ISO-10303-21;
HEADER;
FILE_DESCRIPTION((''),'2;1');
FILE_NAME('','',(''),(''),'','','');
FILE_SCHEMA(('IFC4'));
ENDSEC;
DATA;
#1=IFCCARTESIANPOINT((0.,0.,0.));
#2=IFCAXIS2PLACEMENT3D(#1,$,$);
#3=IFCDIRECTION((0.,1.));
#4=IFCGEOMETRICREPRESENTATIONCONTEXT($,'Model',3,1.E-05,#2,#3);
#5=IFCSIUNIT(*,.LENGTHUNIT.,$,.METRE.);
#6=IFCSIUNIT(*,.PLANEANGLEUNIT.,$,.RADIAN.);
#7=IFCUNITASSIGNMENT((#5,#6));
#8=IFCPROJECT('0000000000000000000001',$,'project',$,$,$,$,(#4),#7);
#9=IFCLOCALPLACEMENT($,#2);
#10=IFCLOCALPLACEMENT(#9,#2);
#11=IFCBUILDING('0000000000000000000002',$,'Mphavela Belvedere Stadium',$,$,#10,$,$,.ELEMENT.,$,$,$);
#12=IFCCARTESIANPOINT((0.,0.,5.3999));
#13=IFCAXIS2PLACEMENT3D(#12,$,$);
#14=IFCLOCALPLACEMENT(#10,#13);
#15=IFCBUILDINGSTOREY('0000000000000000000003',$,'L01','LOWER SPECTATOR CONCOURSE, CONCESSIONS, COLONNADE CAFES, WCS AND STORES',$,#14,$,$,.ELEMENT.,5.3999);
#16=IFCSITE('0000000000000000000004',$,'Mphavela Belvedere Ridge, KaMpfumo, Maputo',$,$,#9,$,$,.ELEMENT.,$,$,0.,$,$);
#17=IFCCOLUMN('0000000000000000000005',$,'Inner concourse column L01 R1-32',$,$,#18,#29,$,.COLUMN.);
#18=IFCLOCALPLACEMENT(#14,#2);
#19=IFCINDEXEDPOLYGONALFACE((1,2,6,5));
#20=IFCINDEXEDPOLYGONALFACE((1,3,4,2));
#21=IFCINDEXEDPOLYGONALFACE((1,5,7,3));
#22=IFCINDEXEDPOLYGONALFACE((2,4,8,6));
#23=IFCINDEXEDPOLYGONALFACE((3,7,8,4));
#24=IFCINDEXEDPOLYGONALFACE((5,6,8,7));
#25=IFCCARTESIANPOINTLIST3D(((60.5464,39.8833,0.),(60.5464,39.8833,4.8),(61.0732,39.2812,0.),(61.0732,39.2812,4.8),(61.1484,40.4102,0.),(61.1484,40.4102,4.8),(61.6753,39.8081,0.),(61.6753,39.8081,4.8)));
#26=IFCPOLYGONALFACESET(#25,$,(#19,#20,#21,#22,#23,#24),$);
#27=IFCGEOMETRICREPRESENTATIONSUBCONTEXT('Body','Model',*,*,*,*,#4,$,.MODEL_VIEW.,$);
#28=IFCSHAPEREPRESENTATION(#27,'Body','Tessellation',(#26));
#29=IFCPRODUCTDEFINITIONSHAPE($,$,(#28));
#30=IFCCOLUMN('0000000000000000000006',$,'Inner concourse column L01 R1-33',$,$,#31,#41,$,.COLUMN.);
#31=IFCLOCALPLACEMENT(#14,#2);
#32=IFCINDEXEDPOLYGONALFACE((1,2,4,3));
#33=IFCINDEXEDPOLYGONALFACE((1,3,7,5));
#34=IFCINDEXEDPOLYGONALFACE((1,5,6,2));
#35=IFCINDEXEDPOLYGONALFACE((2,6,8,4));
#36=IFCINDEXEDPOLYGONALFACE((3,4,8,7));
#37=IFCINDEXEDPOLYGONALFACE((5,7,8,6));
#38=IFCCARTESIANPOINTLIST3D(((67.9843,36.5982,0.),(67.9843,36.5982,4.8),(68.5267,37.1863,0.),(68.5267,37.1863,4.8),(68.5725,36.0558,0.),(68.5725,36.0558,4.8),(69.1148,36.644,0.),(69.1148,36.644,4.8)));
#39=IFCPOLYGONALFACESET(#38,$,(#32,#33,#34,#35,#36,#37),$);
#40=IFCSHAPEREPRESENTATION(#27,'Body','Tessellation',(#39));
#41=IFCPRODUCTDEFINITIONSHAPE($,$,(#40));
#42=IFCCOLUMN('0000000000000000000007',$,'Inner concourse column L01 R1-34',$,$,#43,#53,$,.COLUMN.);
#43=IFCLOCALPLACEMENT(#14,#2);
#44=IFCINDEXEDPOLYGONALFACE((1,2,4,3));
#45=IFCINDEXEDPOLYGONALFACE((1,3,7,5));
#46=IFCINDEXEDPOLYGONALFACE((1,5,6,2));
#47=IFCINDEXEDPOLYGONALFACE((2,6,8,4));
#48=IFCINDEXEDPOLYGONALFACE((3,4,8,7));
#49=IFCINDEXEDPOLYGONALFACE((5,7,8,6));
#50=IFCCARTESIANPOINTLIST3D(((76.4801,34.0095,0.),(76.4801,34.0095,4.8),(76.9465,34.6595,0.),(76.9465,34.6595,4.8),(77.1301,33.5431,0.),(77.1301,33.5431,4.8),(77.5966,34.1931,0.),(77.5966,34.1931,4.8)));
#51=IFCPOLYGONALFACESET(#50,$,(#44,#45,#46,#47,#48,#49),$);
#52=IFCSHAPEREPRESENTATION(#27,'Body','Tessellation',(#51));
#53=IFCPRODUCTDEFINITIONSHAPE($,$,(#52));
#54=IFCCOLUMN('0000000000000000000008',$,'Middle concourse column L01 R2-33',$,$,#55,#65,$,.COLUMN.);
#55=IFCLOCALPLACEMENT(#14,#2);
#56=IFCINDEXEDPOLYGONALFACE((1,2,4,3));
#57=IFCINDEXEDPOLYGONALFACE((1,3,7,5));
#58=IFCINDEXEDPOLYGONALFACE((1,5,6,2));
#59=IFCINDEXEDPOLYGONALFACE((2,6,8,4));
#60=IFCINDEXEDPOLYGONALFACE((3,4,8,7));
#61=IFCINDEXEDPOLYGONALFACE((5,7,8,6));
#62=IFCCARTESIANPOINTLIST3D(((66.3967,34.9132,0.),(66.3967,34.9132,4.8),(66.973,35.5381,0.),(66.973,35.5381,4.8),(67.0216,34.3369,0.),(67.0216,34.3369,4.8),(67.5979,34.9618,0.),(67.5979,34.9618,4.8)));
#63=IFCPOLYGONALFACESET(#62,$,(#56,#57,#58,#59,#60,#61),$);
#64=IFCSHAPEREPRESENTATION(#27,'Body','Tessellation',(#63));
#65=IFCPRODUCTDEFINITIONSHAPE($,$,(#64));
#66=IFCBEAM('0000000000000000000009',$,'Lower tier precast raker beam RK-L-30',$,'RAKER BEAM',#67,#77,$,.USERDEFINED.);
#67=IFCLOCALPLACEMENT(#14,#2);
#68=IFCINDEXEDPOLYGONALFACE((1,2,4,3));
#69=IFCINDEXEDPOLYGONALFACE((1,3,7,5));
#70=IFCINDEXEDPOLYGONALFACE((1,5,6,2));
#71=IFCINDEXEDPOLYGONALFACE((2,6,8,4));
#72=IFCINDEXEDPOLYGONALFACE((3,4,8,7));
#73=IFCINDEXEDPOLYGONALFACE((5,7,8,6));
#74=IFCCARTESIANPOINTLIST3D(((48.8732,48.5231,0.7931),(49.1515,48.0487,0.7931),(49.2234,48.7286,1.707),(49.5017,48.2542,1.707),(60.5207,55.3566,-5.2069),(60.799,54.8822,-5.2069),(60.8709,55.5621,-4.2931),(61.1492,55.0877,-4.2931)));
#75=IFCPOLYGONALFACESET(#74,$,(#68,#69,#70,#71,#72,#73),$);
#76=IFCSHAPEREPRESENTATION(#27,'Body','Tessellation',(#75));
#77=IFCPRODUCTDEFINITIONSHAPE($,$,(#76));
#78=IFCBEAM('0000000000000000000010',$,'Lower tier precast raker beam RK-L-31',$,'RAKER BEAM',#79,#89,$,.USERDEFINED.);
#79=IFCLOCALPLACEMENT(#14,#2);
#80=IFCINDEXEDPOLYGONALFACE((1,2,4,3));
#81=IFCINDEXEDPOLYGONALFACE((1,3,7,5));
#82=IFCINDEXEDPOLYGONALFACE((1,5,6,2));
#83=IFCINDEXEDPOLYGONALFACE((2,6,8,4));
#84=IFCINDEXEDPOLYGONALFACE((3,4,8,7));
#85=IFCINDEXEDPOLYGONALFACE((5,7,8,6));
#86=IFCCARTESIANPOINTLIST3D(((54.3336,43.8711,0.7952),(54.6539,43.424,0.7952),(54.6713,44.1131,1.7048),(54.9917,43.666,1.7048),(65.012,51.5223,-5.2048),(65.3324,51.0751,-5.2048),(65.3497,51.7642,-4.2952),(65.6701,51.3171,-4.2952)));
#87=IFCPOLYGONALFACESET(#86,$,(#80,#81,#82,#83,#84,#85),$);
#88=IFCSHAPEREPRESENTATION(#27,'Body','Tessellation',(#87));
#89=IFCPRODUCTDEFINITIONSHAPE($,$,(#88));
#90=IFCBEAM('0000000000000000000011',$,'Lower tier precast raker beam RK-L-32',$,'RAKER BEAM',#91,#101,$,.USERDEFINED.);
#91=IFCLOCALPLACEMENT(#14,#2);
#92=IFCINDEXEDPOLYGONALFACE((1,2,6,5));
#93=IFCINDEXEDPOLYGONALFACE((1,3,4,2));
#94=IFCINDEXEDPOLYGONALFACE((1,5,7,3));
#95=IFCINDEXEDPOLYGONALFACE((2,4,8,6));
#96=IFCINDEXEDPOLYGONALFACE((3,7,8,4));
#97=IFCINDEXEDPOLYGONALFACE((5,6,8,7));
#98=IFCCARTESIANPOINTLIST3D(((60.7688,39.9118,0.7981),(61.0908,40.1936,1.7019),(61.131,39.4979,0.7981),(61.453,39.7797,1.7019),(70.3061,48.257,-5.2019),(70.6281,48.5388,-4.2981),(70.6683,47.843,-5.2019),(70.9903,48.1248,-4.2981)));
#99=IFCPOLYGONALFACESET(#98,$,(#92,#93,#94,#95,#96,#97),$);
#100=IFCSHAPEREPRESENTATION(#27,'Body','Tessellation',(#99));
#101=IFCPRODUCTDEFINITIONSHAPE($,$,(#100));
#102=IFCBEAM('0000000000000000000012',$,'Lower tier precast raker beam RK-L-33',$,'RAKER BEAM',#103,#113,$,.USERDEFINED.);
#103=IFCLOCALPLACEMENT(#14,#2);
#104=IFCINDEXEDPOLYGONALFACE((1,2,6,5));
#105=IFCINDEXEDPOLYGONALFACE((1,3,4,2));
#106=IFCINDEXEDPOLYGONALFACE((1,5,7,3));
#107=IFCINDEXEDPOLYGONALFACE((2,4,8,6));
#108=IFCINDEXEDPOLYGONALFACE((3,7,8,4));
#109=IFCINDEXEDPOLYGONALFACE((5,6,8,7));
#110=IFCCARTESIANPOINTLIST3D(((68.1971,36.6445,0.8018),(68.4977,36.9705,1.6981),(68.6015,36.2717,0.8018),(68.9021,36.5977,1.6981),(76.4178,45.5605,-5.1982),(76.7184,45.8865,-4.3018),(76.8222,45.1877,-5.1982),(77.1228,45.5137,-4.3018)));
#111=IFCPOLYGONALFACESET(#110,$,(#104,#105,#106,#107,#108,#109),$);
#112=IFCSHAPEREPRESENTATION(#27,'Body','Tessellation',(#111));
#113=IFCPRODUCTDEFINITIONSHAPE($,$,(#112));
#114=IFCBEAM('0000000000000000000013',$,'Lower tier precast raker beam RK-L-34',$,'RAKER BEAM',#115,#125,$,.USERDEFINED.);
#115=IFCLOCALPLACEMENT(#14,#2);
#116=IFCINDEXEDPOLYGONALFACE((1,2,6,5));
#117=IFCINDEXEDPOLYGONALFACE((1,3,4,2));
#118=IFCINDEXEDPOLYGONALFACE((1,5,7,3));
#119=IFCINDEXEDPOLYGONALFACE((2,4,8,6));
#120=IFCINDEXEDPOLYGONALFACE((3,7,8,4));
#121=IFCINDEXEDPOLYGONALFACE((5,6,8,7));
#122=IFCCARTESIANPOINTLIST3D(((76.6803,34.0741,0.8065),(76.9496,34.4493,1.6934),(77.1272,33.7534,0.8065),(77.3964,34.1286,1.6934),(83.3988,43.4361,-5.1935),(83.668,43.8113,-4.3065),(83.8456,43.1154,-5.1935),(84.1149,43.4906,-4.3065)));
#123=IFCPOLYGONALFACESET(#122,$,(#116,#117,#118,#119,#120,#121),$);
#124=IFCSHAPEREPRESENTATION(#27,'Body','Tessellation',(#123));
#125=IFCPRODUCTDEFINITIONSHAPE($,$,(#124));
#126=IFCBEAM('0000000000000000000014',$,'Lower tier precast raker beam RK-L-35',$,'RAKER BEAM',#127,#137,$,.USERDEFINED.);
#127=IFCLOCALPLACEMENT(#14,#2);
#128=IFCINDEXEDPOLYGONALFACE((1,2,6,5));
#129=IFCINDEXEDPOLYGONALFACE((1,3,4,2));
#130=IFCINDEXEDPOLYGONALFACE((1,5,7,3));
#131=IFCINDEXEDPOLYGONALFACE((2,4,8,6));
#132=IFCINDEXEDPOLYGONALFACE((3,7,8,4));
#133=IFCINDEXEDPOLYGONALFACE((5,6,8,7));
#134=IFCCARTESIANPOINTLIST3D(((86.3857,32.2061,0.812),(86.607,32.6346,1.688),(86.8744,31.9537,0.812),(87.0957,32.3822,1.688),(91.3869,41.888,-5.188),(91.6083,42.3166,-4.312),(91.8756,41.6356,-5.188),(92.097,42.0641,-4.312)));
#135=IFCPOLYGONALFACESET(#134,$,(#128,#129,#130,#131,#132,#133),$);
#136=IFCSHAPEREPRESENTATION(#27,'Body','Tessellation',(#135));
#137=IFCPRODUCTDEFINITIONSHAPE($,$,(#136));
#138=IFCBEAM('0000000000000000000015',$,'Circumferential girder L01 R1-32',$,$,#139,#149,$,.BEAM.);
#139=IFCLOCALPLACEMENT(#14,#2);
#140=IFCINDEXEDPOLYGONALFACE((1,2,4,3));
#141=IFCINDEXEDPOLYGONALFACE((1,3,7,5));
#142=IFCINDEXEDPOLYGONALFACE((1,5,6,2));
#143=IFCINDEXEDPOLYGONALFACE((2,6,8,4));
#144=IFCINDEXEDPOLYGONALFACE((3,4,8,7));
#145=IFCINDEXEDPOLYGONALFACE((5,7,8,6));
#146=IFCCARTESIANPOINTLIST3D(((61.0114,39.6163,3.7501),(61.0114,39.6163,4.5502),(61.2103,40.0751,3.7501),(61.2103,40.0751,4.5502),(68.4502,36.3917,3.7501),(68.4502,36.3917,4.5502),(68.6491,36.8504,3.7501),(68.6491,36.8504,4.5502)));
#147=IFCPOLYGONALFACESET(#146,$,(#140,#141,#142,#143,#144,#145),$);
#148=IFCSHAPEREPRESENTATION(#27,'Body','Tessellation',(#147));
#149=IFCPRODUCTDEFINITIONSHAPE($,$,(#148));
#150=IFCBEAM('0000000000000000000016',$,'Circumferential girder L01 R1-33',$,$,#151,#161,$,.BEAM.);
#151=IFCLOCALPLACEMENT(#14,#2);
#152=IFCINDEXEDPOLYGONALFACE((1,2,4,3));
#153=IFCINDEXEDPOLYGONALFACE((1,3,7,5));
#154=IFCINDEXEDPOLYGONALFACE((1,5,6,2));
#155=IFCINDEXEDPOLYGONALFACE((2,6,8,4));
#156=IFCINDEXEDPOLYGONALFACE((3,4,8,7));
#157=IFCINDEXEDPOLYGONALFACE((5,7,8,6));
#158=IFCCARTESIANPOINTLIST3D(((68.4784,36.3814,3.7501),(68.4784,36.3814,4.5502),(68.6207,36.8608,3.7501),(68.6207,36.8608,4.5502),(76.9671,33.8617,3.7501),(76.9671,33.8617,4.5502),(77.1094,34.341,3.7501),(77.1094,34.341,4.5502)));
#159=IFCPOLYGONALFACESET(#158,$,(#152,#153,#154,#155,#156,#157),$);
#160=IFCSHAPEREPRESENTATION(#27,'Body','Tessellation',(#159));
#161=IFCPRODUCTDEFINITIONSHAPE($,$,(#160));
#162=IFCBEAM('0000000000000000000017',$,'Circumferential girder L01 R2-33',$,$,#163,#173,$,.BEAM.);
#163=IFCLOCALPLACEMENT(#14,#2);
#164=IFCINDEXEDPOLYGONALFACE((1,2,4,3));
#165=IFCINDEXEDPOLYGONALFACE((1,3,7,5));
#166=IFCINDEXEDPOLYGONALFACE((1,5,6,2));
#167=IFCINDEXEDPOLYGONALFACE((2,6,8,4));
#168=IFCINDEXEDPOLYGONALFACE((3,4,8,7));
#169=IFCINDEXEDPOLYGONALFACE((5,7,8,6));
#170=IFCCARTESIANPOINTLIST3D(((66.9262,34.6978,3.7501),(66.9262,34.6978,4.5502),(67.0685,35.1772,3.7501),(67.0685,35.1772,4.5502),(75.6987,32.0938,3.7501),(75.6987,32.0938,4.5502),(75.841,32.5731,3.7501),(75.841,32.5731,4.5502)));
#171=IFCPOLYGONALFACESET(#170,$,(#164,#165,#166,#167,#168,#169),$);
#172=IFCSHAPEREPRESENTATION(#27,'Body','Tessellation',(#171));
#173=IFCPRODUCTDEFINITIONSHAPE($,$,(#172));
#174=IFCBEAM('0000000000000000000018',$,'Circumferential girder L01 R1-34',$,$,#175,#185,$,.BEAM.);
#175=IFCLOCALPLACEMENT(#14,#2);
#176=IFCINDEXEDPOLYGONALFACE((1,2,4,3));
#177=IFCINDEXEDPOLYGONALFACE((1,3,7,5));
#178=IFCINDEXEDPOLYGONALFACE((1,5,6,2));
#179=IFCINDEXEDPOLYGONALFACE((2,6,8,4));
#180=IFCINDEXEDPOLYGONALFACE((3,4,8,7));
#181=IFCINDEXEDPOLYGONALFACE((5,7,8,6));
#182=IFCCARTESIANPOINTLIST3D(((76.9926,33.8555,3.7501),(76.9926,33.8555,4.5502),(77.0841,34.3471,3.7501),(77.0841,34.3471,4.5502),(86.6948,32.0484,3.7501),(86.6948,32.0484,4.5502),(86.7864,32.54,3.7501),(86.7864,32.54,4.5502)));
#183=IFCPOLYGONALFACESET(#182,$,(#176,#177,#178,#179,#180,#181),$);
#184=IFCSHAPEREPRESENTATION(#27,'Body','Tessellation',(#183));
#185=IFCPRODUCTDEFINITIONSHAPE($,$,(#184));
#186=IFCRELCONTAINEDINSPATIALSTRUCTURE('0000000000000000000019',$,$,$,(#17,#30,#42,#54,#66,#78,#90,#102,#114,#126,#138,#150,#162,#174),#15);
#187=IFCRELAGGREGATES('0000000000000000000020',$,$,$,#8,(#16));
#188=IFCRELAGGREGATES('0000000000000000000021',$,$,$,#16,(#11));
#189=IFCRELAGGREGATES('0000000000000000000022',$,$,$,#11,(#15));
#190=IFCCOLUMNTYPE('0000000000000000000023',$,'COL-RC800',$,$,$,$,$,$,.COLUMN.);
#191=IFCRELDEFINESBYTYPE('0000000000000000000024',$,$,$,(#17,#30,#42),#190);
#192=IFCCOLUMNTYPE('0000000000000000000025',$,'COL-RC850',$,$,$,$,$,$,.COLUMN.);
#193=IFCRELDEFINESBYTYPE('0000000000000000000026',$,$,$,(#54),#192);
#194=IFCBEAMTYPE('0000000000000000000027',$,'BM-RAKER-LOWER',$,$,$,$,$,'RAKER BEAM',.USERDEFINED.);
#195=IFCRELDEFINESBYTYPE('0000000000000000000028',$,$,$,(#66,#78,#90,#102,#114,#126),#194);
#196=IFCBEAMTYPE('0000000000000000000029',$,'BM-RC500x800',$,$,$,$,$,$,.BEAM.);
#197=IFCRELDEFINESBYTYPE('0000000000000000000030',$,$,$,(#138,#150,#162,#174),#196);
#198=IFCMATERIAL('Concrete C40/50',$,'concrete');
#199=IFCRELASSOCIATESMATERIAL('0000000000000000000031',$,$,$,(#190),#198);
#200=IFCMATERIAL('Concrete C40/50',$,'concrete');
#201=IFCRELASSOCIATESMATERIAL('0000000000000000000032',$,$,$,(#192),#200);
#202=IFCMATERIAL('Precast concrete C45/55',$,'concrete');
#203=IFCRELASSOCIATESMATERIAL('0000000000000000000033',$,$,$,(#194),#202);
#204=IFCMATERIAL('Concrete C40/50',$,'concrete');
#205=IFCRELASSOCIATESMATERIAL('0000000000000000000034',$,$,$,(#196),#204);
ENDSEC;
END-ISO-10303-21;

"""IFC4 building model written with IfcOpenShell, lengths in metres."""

from ifc_helpers import new_model, si_unit, direction, frame, origin, origin_2d, place, context, subcontext, project, spatial, rectangle, extrude, material, material_profile, profile_set, type_object, element, save


model = new_model("IFC4")

# Units and contexts
model_context = context("Model", 3, precision=1e-05, world=origin(), true_north=direction((0.0, 1.0)))
body_context = subcontext(model_context, "Body", "Model", "MODEL_VIEW")
ifc_project = project(units=[si_unit("LENGTHUNIT", "METRE"), si_unit("PLANEANGLEUNIT", "RADIAN")], contexts=[model_context])

# Site, building, storey
site_placement = place(None, origin())
site = spatial("IfcSite", under=ifc_project, at=site_placement, Name="Mphavela Belvedere Ridge, KaMpfumo, Maputo", CompositionType="ELEMENT", RefElevation=0.0)
building_placement = place(site_placement, origin())
building = spatial("IfcBuilding", under=site, at=building_placement, Name="Mphavela Belvedere Stadium", CompositionType="ELEMENT")
storey_placement = place(building_placement, frame((0.0, 0.0, 5.3999)))
storey = spatial("IfcBuildingStorey", under=building, at=storey_placement, Name="L01", Description="LOWER SPECTATOR CONCOURSE, CONCESSIONS, COLONNADE CAFES, WCS AND STORES", CompositionType="ELEMENT", Elevation=5.3999)

# Columns
ifc_material_1 = material(Name="Concrete C40/50", Category="concrete")
ifc_material_profile_1 = material_profile(ifc_material_1, rectangle(XDim=0.8, YDim=0.8, at=origin_2d()), Name="RC 800x800")
ifc_profile_set_1 = profile_set([ifc_material_profile_1], Name="Concrete C40/50")
column_type_1 = type_object("IfcColumnType", Name="COL-RC800", PredefinedType="COLUMN", material=ifc_profile_set_1)
for number, where, z_axis, x_axis, name in (
    (1, (61.1108, 39.8457, 0.0), (0.0, 0.0, 1.0), (-0.75253, -0.658558, 0.0), "Inner concourse column L01 R1-32"),
    (2, (68.5496, 36.6211, 0.0), (0.0, 0.0, 1.0), (-0.677903, -0.735151, 0.0), "Inner concourse column L01 R1-33"),
    (3, (77.0383, 34.1013, 0.0), (0.0, 0.0, 1.0), (-0.582974, -0.812491, 0.0), "Inner concourse column L01 R1-34"),
):
    element("IfcColumn", number, at=place(storey_placement, frame(where, z_axis=z_axis, x_axis=x_axis)), inside=storey, type_object=column_type_1, Name=name, PredefinedType="COLUMN", context=body_context, shape_type="SweptSolid", body=[
        extrude(rectangle(XDim=0.8, YDim=0.8, at=origin_2d()), origin(), (0.0, 0.0, 1.0), 4.8),
    ])
ifc_material_2 = material(Name="Concrete C40/50", Category="concrete")
ifc_material_profile_2 = material_profile(ifc_material_2, rectangle(XDim=0.8501, YDim=0.8501, at=origin_2d()), Name="RC 850x850")
ifc_profile_set_2 = profile_set([ifc_material_profile_2], Name="Concrete C40/50")
column_type_2 = type_object("IfcColumnType", Name="COL-RC850", PredefinedType="COLUMN", material=ifc_profile_set_2)
column_placement = place(storey_placement, frame((66.9973, 34.9375, 0.0), z_axis=(0.0, 0.0, 1.0), x_axis=(-0.677903, -0.735151, 0.0)))
element("IfcColumn", 4, at=column_placement, inside=storey, type_object=column_type_2, Name="Middle concourse column L01 R2-33", PredefinedType="COLUMN", context=body_context, shape_type="SweptSolid", body=[
    extrude(rectangle(XDim=0.8501, YDim=0.8501, at=origin_2d()), origin(), (0.0, 0.0, 1.0), 4.8),
])

# Beams
ifc_material_3 = material(Name="Precast concrete C45/55", Category="concrete")
ifc_material_profile_3 = material_profile(ifc_material_3, rectangle(XDim=0.55, YDim=1.0, at=origin_2d()), Name="PC 550x1000")
ifc_profile_set_3 = profile_set([ifc_material_profile_3], Name="Precast concrete C45/55")
beam_type_1 = type_object("IfcBeamType", Name="BM-RAKER-LOWER", ElementType="RAKER BEAM", PredefinedType="USERDEFINED", material=ifc_profile_set_3)
beam_1_placement = place(storey_placement, frame((60.835, 55.2222, -4.75), z_axis=(-0.788215, -0.462441, 0.406036), x_axis=(0.506032, -0.862515, 0.0)))
element("IfcBeam", 5, at=beam_1_placement, inside=storey, type_object=beam_type_1, Name="Lower tier precast raker beam RK-L-30", ObjectType="RAKER BEAM", PredefinedType="USERDEFINED", context=body_context, shape_type="SweptSolid", body=[
    extrude(rectangle(XDim=0.55, YDim=1.0, at=origin_2d()), origin(), (0.0, 0.0, 1.0), 14.7771),
])
beam_2_placement = place(storey_placement, frame((65.3411, 51.4197, -4.75), z_axis=(-0.739407, -0.529785, 0.415457), x_axis=(0.58243, -0.812881, 0.0)))
element("IfcBeam", 6, at=beam_2_placement, inside=storey, type_object=beam_type_1, Name="Lower tier precast raker beam RK-L-31", ObjectType="RAKER BEAM", PredefinedType="USERDEFINED", context=body_context, shape_type="SweptSolid", body=[
    extrude(rectangle(XDim=0.55, YDim=1.0, at=origin_2d()), origin(), (0.0, 0.0, 1.0), 14.4419),
])
beam_3_placement = place(storey_placement, frame((70.6482, 48.1909, -4.75), z_axis=(-0.680193, -0.595171, 0.427913), x_axis=(0.658506, -0.752576, 0.0)))
element("IfcBeam", 7, at=beam_3_placement, inside=storey, type_object=beam_type_1, Name="Lower tier precast raker beam RK-L-32", ObjectType="RAKER BEAM", PredefinedType="USERDEFINED", context=body_context, shape_type="SweptSolid", body=[
    extrude(rectangle(XDim=0.55, YDim=1.0, at=origin_2d()), origin(), (0.0, 0.0, 1.0), 14.0215),
])
beam_4_placement = place(storey_placement, frame((76.7703, 45.5371, -4.75), z_axis=(-0.607567, -0.658955, 0.443442), x_axis=(0.735192, -0.677859, 0.0)))
element("IfcBeam", 8, at=beam_4_placement, inside=storey, type_object=beam_type_1, Name="Lower tier precast raker beam RK-L-33", ObjectType="RAKER BEAM", PredefinedType="USERDEFINED", context=body_context, shape_type="SweptSolid", body=[
    extrude(rectangle(XDim=0.55, YDim=1.0, at=origin_2d()), origin(), (0.0, 0.0, 1.0), 13.5305),
])
beam_5_placement = place(storey_placement, frame((83.7568, 43.4634, -4.75), z_axis=(-0.517135, -0.720614, 0.46183), x_axis=(0.812446, -0.583036, 0.0)))
element("IfcBeam", 9, at=beam_5_placement, inside=storey, type_object=beam_type_1, Name="Lower tier precast raker beam RK-L-34", ObjectType="RAKER BEAM", PredefinedType="USERDEFINED", context=body_context, shape_type="SweptSolid", body=[
    extrude(rectangle(XDim=0.55, YDim=1.0, at=origin_2d()), origin(), (0.0, 0.0, 1.0), 12.9917),
])
beam_6_placement = place(storey_placement, frame((91.7419, 41.9761, -4.75), z_axis=(-0.402031, -0.778293, 0.482319), x_axis=(0.888467, -0.458941, 0.0)))
element("IfcBeam", 10, at=beam_6_placement, inside=storey, type_object=beam_type_1, Name="Lower tier precast raker beam RK-L-35", ObjectType="RAKER BEAM", PredefinedType="USERDEFINED", context=body_context, shape_type="SweptSolid", body=[
    extrude(rectangle(XDim=0.55, YDim=1.0, at=origin_2d()), origin(), (0.0, 0.0, 1.0), 12.4399),
])
ifc_material_4 = material(Name="Concrete C40/50", Category="concrete")
ifc_material_profile_4 = material_profile(ifc_material_4, rectangle(XDim=0.5, YDim=0.8, at=origin_2d()), Name="RC 500x800")
ifc_profile_set_4 = profile_set([ifc_material_profile_4], Name="Concrete C40/50")
beam_type_2 = type_object("IfcBeamType", Name="BM-RC500x800", PredefinedType="BEAM", material=ifc_profile_set_4)
beam_7_placement = place(storey_placement, frame((61.1108, 39.8457, 4.1501), z_axis=(0.917503, -0.397728, 0.0), x_axis=(0.397728, 0.917503, 0.0)))
element("IfcBeam", 11, at=beam_7_placement, inside=storey, type_object=beam_type_2, Name="Circumferential girder L01 R1-32", PredefinedType="BEAM", context=body_context, shape_type="SweptSolid", body=[
    extrude(rectangle(XDim=0.5, YDim=0.8, at=origin_2d()), origin(), (0.0, 0.0, 1.0), 8.1077),
])
beam_8_placement = place(storey_placement, frame((68.5496, 36.6211, 4.1501), z_axis=(0.958657, -0.284564, 0.0), x_axis=(0.284564, 0.958657, 0.0)))
element("IfcBeam", 12, at=beam_8_placement, inside=storey, type_object=beam_type_2, Name="Circumferential girder L01 R1-33", PredefinedType="BEAM", context=body_context, shape_type="SweptSolid", body=[
    extrude(rectangle(XDim=0.5, YDim=0.8, at=origin_2d()), origin(), (0.0, 0.0, 1.0), 8.8547),
])
beam_9_placement = place(storey_placement, frame((66.9973, 34.9375, 4.1501), z_axis=(0.958656, -0.284566, 0.0), x_axis=(0.284566, 0.958656, 0.0)))
element("IfcBeam", 13, at=beam_9_placement, inside=storey, type_object=beam_type_2, Name="Circumferential girder L01 R2-33", PredefinedType="BEAM", context=body_context, shape_type="SweptSolid", body=[
    extrude(rectangle(XDim=0.5, YDim=0.8, at=origin_2d()), origin(), (0.0, 0.0, 1.0), 9.1509),
])
beam_10_placement = place(storey_placement, frame((77.0383, 34.1013, 4.1501), z_axis=(0.983093, -0.183107, 0.0), x_axis=(0.183107, 0.983093, 0.0)))
element("IfcBeam", 14, at=beam_10_placement, inside=storey, type_object=beam_type_2, Name="Circumferential girder L01 R1-34", PredefinedType="BEAM", context=body_context, shape_type="SweptSolid", body=[
    extrude(rectangle(XDim=0.5, YDim=0.8, at=origin_2d()), origin(), (0.0, 0.0, 1.0), 9.8691),
])

save(model, "model.ifc")
